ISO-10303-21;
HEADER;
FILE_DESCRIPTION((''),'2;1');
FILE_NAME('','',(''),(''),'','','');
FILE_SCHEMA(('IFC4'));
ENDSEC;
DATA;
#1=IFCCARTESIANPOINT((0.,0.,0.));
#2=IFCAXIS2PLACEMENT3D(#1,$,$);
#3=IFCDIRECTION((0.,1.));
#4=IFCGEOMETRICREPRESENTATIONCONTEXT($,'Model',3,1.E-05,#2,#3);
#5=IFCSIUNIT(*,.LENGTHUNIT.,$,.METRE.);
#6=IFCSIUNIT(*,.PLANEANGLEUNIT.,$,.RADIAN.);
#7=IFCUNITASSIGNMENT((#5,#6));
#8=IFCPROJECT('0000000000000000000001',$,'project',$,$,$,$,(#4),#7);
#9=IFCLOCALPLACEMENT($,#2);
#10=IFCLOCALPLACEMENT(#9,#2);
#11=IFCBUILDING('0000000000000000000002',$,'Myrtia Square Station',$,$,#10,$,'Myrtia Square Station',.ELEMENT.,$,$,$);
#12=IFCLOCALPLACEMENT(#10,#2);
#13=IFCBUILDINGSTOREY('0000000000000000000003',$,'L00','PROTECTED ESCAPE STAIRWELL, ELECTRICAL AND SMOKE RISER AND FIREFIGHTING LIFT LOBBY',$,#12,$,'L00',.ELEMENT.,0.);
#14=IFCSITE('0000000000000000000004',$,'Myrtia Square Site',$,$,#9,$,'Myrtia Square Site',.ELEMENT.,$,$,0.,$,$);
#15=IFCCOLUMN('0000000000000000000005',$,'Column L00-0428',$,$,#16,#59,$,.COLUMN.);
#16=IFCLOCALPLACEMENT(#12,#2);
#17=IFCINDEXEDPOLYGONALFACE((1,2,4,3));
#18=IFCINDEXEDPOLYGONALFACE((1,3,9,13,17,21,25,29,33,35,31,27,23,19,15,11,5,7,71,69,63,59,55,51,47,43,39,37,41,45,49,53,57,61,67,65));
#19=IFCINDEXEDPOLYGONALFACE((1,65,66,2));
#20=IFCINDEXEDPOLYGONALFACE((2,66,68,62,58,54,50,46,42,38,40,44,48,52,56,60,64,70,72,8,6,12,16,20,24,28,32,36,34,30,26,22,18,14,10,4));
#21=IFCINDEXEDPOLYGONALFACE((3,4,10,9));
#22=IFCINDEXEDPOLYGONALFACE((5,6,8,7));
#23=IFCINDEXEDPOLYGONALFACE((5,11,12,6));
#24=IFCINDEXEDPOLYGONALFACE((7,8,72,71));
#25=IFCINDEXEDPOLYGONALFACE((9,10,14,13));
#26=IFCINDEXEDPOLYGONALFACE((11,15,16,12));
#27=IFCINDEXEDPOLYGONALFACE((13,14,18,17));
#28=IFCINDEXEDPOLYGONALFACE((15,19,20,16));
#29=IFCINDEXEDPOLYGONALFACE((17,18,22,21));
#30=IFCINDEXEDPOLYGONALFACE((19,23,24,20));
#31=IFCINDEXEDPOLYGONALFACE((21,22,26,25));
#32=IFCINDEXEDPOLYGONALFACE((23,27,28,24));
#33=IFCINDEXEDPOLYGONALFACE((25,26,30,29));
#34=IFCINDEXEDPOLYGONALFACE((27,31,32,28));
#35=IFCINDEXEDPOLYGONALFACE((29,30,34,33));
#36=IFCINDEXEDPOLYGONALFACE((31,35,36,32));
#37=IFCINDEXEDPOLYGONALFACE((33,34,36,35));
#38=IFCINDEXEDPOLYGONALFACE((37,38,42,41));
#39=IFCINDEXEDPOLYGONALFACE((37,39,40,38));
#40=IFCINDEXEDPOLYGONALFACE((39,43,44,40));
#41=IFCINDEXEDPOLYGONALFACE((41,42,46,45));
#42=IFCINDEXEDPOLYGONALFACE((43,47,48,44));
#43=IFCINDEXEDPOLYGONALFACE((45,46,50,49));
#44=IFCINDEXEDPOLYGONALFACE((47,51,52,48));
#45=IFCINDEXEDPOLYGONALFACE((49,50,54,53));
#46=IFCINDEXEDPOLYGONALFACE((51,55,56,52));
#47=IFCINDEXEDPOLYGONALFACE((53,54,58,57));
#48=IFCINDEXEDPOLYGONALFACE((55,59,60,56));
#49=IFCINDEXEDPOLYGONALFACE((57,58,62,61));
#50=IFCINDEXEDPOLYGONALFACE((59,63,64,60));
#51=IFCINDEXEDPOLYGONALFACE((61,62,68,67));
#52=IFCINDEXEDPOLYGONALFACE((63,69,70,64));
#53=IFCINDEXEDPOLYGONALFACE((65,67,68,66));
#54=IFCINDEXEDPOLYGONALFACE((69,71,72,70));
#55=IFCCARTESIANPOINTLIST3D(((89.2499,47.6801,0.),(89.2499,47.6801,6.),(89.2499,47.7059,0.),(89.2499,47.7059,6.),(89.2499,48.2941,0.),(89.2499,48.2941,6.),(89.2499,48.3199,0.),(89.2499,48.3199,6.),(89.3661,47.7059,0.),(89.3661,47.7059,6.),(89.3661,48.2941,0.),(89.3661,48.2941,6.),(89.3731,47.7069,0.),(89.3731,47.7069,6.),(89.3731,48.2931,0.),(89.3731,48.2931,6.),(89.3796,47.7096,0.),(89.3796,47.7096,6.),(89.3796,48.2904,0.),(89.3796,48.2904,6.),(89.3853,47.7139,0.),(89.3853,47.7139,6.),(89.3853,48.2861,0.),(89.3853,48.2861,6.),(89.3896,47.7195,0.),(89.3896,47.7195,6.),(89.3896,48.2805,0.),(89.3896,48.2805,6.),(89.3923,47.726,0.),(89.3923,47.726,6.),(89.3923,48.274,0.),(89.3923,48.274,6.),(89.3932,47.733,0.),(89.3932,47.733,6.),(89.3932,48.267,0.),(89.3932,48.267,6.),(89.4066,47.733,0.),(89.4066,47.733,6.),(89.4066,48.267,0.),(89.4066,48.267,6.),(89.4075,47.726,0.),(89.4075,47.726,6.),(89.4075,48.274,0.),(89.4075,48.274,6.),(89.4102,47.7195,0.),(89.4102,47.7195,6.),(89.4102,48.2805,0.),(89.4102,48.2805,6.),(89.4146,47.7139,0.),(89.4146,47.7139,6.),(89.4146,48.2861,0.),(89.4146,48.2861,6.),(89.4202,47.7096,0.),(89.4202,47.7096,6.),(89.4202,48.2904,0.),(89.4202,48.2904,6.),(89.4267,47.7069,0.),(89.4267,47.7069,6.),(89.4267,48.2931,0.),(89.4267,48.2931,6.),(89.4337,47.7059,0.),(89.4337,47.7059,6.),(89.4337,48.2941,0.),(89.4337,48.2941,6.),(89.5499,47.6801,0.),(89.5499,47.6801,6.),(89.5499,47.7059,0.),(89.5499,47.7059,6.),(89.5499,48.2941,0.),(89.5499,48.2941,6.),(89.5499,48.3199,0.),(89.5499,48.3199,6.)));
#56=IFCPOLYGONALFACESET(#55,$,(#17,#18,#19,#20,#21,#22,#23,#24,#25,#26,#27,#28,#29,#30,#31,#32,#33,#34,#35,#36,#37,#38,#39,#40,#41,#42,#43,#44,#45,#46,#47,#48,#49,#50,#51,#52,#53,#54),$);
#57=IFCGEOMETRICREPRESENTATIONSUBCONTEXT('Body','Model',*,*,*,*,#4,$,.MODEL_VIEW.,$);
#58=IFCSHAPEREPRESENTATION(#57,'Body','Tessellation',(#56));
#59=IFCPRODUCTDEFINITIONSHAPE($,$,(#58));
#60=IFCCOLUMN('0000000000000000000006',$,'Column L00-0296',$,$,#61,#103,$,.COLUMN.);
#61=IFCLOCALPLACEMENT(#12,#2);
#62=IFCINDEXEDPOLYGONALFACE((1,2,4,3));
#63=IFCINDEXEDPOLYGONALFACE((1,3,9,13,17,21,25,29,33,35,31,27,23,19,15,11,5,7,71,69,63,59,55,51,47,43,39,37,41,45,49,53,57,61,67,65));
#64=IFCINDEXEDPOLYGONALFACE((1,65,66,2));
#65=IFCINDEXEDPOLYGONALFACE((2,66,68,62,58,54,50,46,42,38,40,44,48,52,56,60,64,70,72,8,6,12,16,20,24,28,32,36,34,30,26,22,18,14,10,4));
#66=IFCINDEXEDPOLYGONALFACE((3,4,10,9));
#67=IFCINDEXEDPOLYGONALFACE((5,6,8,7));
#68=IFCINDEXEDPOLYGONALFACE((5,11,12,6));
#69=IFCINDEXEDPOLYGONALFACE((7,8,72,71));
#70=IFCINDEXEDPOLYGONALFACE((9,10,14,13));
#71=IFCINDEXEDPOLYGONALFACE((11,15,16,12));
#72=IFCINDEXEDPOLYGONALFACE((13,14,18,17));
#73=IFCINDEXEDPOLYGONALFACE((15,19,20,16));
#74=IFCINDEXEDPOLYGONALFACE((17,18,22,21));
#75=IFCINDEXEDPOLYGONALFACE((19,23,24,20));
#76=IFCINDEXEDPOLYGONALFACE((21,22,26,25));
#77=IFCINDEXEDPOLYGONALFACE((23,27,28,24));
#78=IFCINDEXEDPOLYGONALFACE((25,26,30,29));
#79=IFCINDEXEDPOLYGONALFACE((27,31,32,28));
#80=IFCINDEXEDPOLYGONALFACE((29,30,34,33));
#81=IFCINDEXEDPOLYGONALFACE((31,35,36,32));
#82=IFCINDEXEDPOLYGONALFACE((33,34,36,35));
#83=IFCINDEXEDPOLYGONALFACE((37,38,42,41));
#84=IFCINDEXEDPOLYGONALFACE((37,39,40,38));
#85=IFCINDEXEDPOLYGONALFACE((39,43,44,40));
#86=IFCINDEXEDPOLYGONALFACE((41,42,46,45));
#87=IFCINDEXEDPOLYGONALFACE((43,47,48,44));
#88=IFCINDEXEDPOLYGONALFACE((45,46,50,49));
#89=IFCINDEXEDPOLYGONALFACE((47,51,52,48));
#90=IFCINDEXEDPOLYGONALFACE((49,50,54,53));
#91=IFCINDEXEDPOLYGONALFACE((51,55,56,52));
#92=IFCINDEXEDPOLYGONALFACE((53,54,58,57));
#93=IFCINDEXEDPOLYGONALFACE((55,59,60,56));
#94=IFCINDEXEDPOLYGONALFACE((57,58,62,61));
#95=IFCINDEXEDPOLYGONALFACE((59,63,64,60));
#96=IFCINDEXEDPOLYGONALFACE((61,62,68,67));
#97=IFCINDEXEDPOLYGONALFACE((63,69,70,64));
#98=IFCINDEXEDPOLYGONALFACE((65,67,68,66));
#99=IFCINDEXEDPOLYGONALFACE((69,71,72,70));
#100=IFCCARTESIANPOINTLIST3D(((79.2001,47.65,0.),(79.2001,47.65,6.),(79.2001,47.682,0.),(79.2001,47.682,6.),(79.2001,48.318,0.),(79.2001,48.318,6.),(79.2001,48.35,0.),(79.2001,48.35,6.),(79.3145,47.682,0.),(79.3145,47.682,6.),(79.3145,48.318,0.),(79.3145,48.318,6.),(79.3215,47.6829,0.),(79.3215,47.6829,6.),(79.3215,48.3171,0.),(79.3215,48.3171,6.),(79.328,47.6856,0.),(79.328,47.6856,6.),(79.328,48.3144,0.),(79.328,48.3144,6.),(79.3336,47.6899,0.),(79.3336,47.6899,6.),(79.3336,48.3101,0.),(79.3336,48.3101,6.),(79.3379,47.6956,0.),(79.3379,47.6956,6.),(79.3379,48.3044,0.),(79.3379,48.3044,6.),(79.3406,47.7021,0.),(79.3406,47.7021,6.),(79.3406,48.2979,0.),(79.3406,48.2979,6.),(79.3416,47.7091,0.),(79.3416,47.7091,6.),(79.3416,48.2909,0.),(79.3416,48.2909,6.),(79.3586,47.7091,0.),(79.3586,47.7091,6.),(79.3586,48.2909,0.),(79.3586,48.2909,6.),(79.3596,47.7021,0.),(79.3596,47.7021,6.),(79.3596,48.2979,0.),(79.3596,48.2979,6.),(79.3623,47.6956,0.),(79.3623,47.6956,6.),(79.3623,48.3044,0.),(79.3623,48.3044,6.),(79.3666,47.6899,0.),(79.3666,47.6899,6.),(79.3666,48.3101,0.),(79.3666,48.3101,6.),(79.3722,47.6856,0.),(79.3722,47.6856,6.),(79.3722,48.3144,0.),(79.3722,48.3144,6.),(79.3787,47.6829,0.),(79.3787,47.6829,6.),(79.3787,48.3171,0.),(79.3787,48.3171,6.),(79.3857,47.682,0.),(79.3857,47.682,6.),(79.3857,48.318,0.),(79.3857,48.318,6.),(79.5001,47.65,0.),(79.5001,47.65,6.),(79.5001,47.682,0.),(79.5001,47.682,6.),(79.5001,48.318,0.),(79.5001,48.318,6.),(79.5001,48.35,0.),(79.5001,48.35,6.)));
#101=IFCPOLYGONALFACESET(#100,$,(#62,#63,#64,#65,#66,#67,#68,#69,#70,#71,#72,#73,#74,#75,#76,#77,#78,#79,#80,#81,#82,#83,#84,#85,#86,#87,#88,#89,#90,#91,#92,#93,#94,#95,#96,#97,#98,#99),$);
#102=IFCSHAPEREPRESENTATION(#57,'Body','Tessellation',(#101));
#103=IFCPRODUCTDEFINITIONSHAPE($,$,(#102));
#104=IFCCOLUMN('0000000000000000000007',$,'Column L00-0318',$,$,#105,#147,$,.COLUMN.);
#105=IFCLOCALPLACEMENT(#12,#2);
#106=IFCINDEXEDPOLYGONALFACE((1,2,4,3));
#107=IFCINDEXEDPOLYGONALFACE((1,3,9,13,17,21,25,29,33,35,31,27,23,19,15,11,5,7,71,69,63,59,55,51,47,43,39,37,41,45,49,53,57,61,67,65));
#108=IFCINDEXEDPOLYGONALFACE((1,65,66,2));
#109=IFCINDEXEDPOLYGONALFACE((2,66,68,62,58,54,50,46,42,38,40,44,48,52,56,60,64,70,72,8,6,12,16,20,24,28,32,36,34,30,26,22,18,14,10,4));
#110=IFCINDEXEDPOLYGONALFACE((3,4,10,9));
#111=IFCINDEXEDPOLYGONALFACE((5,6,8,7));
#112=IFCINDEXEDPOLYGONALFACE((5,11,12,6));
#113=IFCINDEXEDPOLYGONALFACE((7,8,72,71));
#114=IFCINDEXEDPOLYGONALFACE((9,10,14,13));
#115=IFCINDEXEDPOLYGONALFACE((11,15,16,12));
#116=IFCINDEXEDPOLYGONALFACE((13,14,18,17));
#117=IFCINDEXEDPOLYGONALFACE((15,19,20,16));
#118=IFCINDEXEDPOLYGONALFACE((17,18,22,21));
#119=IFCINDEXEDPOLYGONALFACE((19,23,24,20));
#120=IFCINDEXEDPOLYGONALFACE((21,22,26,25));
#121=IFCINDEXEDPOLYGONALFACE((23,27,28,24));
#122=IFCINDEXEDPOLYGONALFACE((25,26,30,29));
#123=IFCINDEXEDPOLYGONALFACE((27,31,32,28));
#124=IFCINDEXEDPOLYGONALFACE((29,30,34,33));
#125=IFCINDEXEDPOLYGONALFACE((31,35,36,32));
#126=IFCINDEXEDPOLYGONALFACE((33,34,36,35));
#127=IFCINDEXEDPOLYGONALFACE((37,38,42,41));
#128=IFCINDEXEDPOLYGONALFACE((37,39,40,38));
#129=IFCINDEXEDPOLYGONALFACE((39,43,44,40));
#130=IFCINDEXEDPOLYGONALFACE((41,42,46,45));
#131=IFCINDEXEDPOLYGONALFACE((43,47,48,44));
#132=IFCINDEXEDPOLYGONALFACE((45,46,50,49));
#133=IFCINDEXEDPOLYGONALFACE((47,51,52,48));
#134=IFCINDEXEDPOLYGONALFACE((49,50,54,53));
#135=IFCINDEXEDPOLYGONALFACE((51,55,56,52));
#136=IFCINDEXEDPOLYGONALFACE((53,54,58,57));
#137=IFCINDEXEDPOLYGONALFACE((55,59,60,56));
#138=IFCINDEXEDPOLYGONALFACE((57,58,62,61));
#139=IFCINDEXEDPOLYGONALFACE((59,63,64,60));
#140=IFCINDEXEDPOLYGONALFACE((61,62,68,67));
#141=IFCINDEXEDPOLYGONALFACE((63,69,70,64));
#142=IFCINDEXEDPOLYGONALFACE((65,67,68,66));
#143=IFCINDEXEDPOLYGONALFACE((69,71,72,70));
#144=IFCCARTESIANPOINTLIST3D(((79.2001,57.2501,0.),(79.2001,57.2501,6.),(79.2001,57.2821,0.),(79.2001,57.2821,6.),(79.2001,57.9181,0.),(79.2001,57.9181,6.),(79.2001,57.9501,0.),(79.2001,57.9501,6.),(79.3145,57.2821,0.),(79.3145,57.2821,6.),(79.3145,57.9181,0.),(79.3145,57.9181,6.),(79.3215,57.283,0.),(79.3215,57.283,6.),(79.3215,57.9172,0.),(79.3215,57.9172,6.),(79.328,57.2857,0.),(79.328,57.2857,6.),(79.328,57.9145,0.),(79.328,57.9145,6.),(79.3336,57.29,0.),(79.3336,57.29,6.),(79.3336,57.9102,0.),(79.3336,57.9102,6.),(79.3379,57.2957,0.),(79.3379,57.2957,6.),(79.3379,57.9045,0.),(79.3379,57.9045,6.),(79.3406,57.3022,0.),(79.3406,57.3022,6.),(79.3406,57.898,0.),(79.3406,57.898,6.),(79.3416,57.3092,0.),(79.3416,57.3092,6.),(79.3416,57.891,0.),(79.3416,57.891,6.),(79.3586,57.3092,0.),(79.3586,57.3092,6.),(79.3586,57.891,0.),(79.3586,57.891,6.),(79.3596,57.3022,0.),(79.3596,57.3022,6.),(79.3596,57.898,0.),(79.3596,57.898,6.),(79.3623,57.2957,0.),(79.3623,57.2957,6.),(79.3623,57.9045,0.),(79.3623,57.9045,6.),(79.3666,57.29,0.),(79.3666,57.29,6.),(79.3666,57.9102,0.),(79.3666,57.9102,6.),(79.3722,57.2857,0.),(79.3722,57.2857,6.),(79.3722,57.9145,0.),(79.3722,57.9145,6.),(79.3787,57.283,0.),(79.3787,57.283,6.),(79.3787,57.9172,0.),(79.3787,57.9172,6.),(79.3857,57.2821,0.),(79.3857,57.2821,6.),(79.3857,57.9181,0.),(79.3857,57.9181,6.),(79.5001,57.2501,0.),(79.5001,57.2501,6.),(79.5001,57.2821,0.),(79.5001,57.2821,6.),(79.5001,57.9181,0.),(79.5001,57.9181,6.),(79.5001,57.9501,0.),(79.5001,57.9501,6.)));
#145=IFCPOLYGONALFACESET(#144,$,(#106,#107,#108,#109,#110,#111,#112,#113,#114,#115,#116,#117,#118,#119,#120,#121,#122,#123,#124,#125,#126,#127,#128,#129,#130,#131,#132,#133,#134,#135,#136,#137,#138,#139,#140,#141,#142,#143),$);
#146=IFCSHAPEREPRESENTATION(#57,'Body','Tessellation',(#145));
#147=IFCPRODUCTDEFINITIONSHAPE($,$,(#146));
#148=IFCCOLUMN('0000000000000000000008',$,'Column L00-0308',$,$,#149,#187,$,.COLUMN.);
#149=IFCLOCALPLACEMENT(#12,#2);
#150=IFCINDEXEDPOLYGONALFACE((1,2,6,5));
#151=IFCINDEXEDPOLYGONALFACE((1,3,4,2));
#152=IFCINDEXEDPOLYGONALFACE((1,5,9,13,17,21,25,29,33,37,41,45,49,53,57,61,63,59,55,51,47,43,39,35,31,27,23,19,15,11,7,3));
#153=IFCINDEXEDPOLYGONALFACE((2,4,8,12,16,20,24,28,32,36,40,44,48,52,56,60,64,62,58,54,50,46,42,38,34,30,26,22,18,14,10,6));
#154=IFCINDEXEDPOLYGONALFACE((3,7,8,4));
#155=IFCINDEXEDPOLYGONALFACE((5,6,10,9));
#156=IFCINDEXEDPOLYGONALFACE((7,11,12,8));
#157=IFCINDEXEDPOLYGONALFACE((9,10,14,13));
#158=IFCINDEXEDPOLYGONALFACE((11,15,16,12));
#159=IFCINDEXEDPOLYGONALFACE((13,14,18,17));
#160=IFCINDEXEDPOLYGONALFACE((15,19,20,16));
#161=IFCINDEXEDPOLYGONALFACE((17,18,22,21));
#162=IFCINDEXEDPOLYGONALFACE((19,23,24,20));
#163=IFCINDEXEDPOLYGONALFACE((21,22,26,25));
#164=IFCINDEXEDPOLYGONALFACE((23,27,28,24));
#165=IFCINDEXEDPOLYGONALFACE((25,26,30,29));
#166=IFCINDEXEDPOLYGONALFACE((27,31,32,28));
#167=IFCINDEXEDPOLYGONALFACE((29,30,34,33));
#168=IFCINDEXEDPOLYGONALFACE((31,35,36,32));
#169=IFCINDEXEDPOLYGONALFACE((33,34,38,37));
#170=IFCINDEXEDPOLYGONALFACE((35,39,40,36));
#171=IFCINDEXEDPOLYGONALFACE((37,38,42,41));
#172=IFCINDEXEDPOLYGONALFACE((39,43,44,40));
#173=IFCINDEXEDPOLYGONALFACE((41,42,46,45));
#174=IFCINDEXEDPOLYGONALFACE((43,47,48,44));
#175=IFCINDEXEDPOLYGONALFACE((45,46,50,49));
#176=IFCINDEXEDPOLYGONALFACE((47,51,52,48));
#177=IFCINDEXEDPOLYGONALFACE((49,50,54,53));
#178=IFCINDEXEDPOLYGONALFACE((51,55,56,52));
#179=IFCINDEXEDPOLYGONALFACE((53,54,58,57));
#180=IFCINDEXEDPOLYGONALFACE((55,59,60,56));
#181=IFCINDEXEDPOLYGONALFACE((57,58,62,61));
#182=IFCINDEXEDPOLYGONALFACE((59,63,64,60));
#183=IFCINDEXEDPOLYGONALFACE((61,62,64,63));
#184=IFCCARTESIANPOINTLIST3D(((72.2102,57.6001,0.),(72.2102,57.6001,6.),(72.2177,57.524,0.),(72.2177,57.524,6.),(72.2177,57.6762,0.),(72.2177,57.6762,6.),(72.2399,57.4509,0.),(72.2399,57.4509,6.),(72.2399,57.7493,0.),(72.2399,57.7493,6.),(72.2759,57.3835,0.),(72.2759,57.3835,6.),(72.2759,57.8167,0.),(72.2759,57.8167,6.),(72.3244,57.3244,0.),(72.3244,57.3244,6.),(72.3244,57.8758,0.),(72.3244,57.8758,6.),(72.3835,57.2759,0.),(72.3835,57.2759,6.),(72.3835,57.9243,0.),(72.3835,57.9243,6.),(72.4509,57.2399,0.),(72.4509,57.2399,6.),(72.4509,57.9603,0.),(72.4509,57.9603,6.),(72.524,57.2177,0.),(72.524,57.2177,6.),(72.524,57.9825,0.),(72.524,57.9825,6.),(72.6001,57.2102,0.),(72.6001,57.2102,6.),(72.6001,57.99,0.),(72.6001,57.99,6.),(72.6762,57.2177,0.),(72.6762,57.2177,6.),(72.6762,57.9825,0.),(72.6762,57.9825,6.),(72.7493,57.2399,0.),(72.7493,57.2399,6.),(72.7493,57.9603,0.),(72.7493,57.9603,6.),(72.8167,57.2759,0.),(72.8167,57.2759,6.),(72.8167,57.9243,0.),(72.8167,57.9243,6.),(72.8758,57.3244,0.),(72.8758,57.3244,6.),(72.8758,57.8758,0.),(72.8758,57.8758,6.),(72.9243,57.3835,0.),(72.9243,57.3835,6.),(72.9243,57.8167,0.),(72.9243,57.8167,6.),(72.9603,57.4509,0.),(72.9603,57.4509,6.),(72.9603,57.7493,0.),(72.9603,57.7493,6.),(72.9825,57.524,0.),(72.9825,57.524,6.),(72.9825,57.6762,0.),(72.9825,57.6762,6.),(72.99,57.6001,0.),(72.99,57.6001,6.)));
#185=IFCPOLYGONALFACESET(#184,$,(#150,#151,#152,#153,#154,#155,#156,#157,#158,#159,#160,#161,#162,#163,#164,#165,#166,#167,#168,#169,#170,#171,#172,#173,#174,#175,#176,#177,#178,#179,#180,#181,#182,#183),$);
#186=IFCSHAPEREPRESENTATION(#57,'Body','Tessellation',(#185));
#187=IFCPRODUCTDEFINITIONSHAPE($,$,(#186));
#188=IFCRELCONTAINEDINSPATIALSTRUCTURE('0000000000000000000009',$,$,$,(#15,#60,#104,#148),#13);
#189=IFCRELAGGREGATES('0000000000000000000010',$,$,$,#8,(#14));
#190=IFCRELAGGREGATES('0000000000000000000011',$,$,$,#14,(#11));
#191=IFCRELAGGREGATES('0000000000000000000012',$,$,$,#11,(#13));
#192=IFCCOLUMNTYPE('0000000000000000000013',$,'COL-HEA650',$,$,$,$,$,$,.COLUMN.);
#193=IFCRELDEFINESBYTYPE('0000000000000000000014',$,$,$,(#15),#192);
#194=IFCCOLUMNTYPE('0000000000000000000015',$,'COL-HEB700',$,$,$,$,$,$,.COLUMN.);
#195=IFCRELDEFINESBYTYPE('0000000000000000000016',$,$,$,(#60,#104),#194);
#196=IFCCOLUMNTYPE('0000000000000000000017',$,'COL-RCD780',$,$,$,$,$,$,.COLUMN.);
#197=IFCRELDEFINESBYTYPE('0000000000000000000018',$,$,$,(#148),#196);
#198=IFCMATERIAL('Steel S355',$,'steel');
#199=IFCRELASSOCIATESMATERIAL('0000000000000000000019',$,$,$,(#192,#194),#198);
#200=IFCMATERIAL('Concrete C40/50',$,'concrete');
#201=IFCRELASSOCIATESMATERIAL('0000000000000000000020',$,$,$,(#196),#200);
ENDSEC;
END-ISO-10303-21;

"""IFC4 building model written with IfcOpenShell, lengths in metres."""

from ifc_helpers import new_model, si_unit, direction, frame, origin, origin_2d, place, context, subcontext, project, spatial, circle, i_section, extrude, material, material_profile, profile_set, type_object, element, save


model = new_model("IFC4")

# Units and contexts
model_context = context("Model", 3, precision=1e-05, world=origin(), true_north=direction((0.0, 1.0)))
body_context = subcontext(model_context, "Body", "Model", "MODEL_VIEW")
ifc_project = project(units=[si_unit("LENGTHUNIT", "METRE"), si_unit("PLANEANGLEUNIT", "RADIAN")], contexts=[model_context])

# Site, building, storey
site_placement = place(None, origin())
site = spatial("IfcSite", under=ifc_project, at=site_placement, Name="Myrtia Square Site", LongName="Myrtia Square Site", CompositionType="ELEMENT", RefElevation=0.0)
building_placement = place(site_placement, origin())
building = spatial("IfcBuilding", under=site, at=building_placement, Name="Myrtia Square Station", LongName="Myrtia Square Station", CompositionType="ELEMENT")
storey_placement = place(building_placement, origin())
storey = spatial("IfcBuildingStorey", under=building, at=storey_placement, Name="L00", Description="PROTECTED ESCAPE STAIRWELL, ELECTRICAL AND SMOKE RISER AND FIREFIGHTING LIFT LOBBY", LongName="L00", CompositionType="ELEMENT", Elevation=0.0)

# Columns
ifc_material_1 = material(Name="Steel S355", Category="steel")
ifc_material_profile_1 = material_profile(ifc_material_1, i_section(OverallWidth=0.3, OverallDepth=0.6399, WebThickness=0.0134, FlangeThickness=0.0259, FilletRadius=0.0271, at=origin_2d()), Name="HEA 650")
ifc_profile_set_1 = profile_set([ifc_material_profile_1], Name="Steel S355")
column_type_1 = type_object("IfcColumnType", Name="COL-HEA650", PredefinedType="COLUMN", material=ifc_profile_set_1)
column_1_placement = place(storey_placement, frame((89.3999, 48.0, 0.0), z_axis=(0.0, 0.0, 1.0), x_axis=(1.0, 0.0, 0.0)))
element("IfcColumn", 1, at=column_1_placement, inside=storey, type_object=column_type_1, Name="Column L00-0428", PredefinedType="COLUMN", context=body_context, shape_type="SweptSolid", body=[
    extrude(i_section(OverallWidth=0.3, OverallDepth=0.6399, WebThickness=0.0134, FlangeThickness=0.0259, FilletRadius=0.0271, at=origin_2d()), origin(), (0.0, 0.0, 1.0), 6.0),
])
ifc_material_profile_2 = material_profile(ifc_material_1, i_section(OverallWidth=0.3, OverallDepth=0.7, WebThickness=0.0171, FlangeThickness=0.032, FilletRadius=0.0271, at=origin_2d()), Name="HEB 700")
ifc_profile_set_2 = profile_set([ifc_material_profile_2], Name="Steel S355")
column_type_2 = type_object("IfcColumnType", Name="COL-HEB700", PredefinedType="COLUMN", material=ifc_profile_set_2)
for number, where, z_axis, x_axis, name in (
    (2, (79.3501, 48.0, 0.0), (0.0, 0.0, 1.0), (1.0, 0.0, 0.0), "Column L00-0296"),
    (3, (79.3501, 57.6001, 0.0), (0.0, 0.0, 1.0), (1.0, 0.0, 0.0), "Column L00-0318"),
):
    element("IfcColumn", number, at=place(storey_placement, frame(where, z_axis=z_axis, x_axis=x_axis)), inside=storey, type_object=column_type_2, Name=name, PredefinedType="COLUMN", context=body_context, shape_type="SweptSolid", body=[
        extrude(i_section(OverallWidth=0.3, OverallDepth=0.7, WebThickness=0.0171, FlangeThickness=0.032, FilletRadius=0.0271, at=origin_2d()), origin(), (0.0, 0.0, 1.0), 6.0),
    ])
ifc_material_2 = material(Name="Concrete C40/50", Category="concrete")
ifc_material_profile_3 = material_profile(ifc_material_2, circle(Radius=0.3899, at=origin_2d()), Name="RC D780")
ifc_profile_set_3 = profile_set([ifc_material_profile_3], Name="Concrete C40/50")
column_type_3 = type_object("IfcColumnType", Name="COL-RCD780", PredefinedType="COLUMN", material=ifc_profile_set_3)
column_2_placement = place(storey_placement, frame((72.6001, 57.6001, 0.0), z_axis=(0.0, 0.0, 1.0), x_axis=(1.0, 0.0, 0.0)))
element("IfcColumn", 4, at=column_2_placement, inside=storey, type_object=column_type_3, Name="Column L00-0308", PredefinedType="COLUMN", context=body_context, shape_type="SweptSolid", body=[
    extrude(circle(Radius=0.3899, at=origin_2d()), origin(), (0.0, 0.0, 1.0), 6.0),
])

save(model, "model.ifc")
